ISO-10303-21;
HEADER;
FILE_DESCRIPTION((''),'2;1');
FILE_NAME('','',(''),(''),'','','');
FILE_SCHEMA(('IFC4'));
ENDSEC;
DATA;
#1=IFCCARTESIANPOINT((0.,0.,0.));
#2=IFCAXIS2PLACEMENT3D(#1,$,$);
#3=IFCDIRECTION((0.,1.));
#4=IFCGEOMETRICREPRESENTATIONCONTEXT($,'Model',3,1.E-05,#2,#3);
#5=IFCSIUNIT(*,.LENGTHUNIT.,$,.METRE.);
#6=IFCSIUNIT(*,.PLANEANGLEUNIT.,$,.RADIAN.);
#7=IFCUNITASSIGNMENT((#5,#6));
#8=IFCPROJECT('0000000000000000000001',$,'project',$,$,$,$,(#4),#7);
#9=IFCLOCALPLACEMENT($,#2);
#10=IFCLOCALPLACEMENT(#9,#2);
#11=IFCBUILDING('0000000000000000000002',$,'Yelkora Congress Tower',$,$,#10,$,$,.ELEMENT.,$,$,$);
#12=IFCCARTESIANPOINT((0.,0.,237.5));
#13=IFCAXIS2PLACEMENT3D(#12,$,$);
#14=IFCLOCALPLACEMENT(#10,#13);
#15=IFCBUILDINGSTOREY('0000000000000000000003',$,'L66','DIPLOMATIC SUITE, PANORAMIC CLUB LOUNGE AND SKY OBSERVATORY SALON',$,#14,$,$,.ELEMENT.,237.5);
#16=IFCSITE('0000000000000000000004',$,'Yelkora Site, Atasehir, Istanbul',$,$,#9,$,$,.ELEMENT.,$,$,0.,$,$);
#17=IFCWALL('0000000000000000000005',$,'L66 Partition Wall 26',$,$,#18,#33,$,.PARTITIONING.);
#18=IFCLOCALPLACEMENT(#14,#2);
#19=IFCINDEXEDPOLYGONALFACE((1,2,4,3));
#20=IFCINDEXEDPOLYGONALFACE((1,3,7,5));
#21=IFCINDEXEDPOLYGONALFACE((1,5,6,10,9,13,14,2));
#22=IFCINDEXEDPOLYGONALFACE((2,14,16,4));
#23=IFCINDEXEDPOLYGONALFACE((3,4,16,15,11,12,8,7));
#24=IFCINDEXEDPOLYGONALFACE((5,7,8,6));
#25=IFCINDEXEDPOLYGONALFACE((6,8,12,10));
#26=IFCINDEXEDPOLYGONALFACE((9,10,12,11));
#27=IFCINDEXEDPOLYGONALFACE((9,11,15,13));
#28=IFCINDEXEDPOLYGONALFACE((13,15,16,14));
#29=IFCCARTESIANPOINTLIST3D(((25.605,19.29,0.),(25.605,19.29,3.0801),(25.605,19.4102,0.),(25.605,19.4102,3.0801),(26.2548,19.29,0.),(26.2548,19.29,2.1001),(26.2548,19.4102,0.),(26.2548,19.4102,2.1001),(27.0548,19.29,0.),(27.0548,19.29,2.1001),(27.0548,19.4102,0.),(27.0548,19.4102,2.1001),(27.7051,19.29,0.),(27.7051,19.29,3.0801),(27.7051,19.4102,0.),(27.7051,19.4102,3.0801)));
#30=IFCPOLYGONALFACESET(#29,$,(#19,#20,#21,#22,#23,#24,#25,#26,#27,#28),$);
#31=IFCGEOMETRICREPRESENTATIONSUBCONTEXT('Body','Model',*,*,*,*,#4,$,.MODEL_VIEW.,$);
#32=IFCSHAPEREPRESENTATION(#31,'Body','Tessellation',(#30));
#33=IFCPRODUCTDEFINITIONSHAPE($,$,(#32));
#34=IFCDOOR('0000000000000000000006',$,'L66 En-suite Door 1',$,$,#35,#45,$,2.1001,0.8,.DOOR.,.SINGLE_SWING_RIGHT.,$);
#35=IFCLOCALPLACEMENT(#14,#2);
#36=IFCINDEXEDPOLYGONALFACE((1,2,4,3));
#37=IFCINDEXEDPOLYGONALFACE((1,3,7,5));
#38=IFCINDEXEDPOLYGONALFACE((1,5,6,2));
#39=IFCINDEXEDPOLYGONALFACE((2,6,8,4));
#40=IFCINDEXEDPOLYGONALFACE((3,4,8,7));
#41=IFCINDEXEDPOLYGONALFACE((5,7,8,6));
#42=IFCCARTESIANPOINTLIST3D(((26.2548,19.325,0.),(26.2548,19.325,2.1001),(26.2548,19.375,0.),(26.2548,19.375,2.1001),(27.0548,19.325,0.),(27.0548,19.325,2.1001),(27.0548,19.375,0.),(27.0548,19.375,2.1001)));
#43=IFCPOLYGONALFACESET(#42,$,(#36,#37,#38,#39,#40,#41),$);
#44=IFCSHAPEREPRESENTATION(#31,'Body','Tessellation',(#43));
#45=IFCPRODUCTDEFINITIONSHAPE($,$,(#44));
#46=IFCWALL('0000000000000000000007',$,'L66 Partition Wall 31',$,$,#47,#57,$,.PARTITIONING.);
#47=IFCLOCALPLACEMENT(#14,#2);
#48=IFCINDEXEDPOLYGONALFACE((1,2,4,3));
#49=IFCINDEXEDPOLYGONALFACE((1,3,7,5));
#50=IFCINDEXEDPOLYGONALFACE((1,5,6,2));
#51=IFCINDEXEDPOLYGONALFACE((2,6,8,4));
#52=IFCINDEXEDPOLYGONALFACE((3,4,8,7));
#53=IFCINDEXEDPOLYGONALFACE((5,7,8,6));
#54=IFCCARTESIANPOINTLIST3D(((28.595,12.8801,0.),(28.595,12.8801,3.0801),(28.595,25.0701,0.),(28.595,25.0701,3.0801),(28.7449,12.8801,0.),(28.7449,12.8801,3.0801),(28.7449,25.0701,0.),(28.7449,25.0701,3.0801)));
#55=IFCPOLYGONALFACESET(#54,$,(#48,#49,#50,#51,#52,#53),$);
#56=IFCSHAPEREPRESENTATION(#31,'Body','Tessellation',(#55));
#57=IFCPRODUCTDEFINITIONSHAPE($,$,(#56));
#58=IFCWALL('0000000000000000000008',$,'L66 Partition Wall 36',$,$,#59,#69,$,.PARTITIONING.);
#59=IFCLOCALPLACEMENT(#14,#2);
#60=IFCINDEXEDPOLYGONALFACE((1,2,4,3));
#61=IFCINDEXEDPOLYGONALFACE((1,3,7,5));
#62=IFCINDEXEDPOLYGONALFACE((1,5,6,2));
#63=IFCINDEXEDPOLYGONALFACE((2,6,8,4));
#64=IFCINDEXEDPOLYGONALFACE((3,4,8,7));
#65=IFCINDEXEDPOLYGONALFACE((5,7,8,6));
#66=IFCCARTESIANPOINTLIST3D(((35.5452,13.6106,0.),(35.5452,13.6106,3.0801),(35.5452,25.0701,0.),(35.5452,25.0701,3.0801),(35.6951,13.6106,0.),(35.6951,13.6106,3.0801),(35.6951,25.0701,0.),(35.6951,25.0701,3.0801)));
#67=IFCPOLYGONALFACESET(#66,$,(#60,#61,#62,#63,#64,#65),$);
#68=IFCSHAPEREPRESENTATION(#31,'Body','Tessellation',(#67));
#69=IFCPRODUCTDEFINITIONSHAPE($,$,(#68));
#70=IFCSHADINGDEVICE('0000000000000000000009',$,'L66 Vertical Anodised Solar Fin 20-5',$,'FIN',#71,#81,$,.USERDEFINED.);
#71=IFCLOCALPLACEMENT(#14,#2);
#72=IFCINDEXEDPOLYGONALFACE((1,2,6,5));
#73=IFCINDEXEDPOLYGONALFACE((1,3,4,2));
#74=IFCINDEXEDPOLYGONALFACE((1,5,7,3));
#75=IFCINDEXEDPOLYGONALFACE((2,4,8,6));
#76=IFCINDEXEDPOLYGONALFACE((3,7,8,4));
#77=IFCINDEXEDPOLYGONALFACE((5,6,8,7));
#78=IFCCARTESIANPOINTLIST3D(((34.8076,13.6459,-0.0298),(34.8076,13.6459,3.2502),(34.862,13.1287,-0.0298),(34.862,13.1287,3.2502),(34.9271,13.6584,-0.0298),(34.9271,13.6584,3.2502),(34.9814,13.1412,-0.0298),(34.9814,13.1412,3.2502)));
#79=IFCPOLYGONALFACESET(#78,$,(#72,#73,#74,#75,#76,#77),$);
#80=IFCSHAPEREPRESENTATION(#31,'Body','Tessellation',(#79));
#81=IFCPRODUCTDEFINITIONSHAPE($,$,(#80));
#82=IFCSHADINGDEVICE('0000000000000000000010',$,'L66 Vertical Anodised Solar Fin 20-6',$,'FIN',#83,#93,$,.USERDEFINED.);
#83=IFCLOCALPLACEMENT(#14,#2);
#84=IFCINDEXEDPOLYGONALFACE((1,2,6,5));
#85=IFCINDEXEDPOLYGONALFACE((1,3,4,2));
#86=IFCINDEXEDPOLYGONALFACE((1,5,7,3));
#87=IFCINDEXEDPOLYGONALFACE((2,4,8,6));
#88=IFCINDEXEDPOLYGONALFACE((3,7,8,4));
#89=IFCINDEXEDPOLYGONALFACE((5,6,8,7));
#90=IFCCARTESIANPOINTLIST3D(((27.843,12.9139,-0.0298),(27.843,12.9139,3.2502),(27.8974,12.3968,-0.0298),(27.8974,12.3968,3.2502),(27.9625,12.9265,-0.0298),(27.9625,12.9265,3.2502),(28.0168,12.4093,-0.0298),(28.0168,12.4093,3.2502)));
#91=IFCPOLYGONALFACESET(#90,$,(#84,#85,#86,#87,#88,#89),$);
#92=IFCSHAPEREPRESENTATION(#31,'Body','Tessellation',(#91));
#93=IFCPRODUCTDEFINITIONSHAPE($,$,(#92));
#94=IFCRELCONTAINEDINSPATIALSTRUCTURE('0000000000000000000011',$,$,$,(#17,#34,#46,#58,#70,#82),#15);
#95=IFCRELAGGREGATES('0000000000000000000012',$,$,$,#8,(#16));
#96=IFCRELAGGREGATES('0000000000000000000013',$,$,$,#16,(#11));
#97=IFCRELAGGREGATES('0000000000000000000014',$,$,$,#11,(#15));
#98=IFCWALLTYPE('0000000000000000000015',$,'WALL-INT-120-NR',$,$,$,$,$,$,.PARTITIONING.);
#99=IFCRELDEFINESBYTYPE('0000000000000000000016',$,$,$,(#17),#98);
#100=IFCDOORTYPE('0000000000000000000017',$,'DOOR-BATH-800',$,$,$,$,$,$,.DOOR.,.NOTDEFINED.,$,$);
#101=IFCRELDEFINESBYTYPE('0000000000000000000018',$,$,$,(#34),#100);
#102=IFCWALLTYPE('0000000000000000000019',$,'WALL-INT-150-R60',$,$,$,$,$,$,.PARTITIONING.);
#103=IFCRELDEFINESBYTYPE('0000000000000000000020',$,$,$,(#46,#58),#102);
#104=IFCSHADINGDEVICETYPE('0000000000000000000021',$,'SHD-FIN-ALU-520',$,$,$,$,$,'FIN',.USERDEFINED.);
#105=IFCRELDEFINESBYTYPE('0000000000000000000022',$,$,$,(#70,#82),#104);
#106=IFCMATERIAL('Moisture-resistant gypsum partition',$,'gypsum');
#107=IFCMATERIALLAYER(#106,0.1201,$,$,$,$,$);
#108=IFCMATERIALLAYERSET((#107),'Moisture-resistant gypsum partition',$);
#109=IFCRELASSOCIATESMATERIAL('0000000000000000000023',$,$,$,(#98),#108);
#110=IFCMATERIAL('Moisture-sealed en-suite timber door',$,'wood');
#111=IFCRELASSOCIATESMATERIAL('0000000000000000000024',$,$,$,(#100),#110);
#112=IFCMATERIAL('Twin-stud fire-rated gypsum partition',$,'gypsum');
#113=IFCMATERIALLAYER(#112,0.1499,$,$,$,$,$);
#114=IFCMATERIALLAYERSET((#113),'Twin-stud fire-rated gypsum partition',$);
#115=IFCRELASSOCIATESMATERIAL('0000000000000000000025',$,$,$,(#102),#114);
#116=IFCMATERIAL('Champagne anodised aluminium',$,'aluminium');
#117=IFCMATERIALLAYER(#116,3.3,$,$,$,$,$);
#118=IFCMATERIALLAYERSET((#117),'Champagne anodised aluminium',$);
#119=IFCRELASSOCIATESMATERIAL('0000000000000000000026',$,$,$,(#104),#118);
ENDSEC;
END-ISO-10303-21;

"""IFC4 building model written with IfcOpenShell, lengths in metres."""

from ifc_helpers import new_model, si_unit, direction, frame, frame_2d, origin, origin_2d, place, context, subcontext, project, spatial, rectangle, extrude, material, layer, layer_set, type_object, element, fill, save


model = new_model("IFC4")

# Units and contexts
model_context = context("Model", 3, precision=1e-05, world=origin(), true_north=direction((0.0, 1.0)))
body_context = subcontext(model_context, "Body", "Model", "MODEL_VIEW")
ifc_project = project(units=[si_unit("LENGTHUNIT", "METRE"), si_unit("PLANEANGLEUNIT", "RADIAN")], contexts=[model_context])

# Site, building, storey
site_placement = place(None, origin())
site = spatial("IfcSite", under=ifc_project, at=site_placement, Name="Yelkora Site, Atasehir, Istanbul", CompositionType="ELEMENT", RefElevation=0.0)
building_placement = place(site_placement, origin())
building = spatial("IfcBuilding", under=site, at=building_placement, Name="Yelkora Congress Tower", CompositionType="ELEMENT")
storey_placement = place(building_placement, frame((0.0, 0.0, 237.5)))
storey = spatial("IfcBuildingStorey", under=building, at=storey_placement, Name="L66", Description="DIPLOMATIC SUITE, PANORAMIC CLUB LOUNGE AND SKY OBSERVATORY SALON", CompositionType="ELEMENT", Elevation=237.5)

# Shared definitions
ifc_material_1 = material(Name="Moisture-resistant gypsum partition", Category="gypsum")
ifc_layer_1 = layer(ifc_material_1, 0.1201)
ifc_layer_set_1 = layer_set([ifc_layer_1], Name="Moisture-resistant gypsum partition")
wall_type_1 = type_object("IfcWallType", Name="WALL-INT-120-NR", PredefinedType="PARTITIONING", material=ifc_layer_set_1)

# Wall, opening, door
wall_1_placement = place(storey_placement, frame((25.605, 19.3501, 0.0), z_axis=(0.0, 0.0, 1.0), x_axis=(1.0, 0.0, 0.0)))
wall_1 = element("IfcWall", 1, at=wall_1_placement, inside=storey, type_object=wall_type_1, Name="L66 Partition Wall 26", PredefinedType="PARTITIONING", context=body_context, shape_type="SweptSolid", body=[
    extrude(rectangle(XDim=2.1001, YDim=0.1201, at=frame_2d((1.05, 0.0))), origin(), (0.0, 0.0, 1.0), 3.0801),
])
opening_placement = place(wall_1_placement, frame((0.6499, 0.0, 0.0)))
opening = element("IfcOpeningElement", 2, at=opening_placement, cuts=wall_1, PredefinedType="OPENING", context=body_context, shape_type="SweptSolid", body=[
    extrude(rectangle(XDim=0.8, YDim=2.1001, at=frame_2d((0.3999, 1.05))), frame((0.0, 0.0701, 0.0), z_axis=(0.0, -1.0, 0.0), x_axis=(1.0, 0.0, 0.0)), (0.0, 0.0, 1.0), 0.1401),
])
ifc_material_2 = material(Name="Moisture-sealed en-suite timber door", Category="wood")
door_type = type_object("IfcDoorType", Name="DOOR-BATH-800", OperationType="NOTDEFINED", PredefinedType="DOOR", material=ifc_material_2)
door_placement = place(opening_placement, origin())
door = element("IfcDoor", 3, at=door_placement, inside=storey, type_object=door_type, Name="L66 En-suite Door 1", OperationType="SINGLE_SWING_RIGHT", OverallHeight=2.1001, OverallWidth=0.8, PredefinedType="DOOR", context=body_context, shape_type="SweptSolid", body=[
    extrude(rectangle(XDim=0.8, YDim=2.1001, at=frame_2d((0.3999, 1.05))), frame((0.0, 0.0249, 0.0), z_axis=(0.0, -1.0, 0.0), x_axis=(1.0, 0.0, 0.0)), (0.0, 0.0, 1.0), 0.05),
])
fill(opening, door)

# Walls
ifc_material_3 = material(Name="Twin-stud fire-rated gypsum partition", Category="gypsum")
ifc_layer_2 = layer(ifc_material_3, 0.1499)
ifc_layer_set_2 = layer_set([ifc_layer_2], Name="Twin-stud fire-rated gypsum partition")
wall_type_2 = type_object("IfcWallType", Name="WALL-INT-150-R60", PredefinedType="PARTITIONING", material=ifc_layer_set_2)
wall_2_placement = place(storey_placement, frame((28.6699, 12.8801, 0.0), z_axis=(0.0, 0.0, 1.0), x_axis=(0.0, 1.0, 0.0)))
element("IfcWall", 4, at=wall_2_placement, inside=storey, type_object=wall_type_2, Name="L66 Partition Wall 31", PredefinedType="PARTITIONING", context=body_context, shape_type="SweptSolid", body=[
    extrude(rectangle(XDim=12.1899, YDim=0.1499, at=frame_2d((6.095, 0.0))), origin(), (0.0, 0.0, 1.0), 3.0801),
])
wall_3_placement = place(storey_placement, frame((35.6201, 13.6106, 0.0), z_axis=(0.0, 0.0, 1.0), x_axis=(0.0, 1.0, 0.0)))
element("IfcWall", 5, at=wall_3_placement, inside=storey, type_object=wall_type_2, Name="L66 Partition Wall 36", PredefinedType="PARTITIONING", context=body_context, shape_type="SweptSolid", body=[
    extrude(rectangle(XDim=11.4595, YDim=0.1499, at=frame_2d((5.7297, 0.0))), origin(), (0.0, 0.0, 1.0), 3.0801),
])

# Shading devices
ifc_material_4 = material(Name="Champagne anodised aluminium", Category="aluminium")
ifc_layer_3 = layer(ifc_material_4, 3.3)
ifc_layer_set_3 = layer_set([ifc_layer_3], Name="Champagne anodised aluminium")
shading_device_type = type_object("IfcShadingDeviceType", Name="SHD-FIN-ALU-520", ElementType="FIN", PredefinedType="USERDEFINED", material=ifc_layer_set_3)
for number, where, z_axis, x_axis, name in (
    (6, (34.8945, 13.3936, -0.0298), (0.0, 0.0, 1.0), (-0.994522, -0.104528, 0.0), "L66 Vertical Anodised Solar Fin 20-5"),
    (7, (27.9299, 12.6616, -0.0298), (0.0, 0.0, 1.0), (-0.994522, -0.104528, 0.0), "L66 Vertical Anodised Solar Fin 20-6"),
):
    element("IfcShadingDevice", number, at=place(storey_placement, frame(where, z_axis=z_axis, x_axis=x_axis)), inside=storey, type_object=shading_device_type, Name=name, ObjectType="FIN", PredefinedType="USERDEFINED", context=body_context, shape_type="SweptSolid", body=[
        extrude(rectangle(XDim=0.1201, YDim=0.52, at=origin_2d()), origin(), (0.0, 0.0, 1.0), 3.28),
    ])

save(model, "model.ifc")
